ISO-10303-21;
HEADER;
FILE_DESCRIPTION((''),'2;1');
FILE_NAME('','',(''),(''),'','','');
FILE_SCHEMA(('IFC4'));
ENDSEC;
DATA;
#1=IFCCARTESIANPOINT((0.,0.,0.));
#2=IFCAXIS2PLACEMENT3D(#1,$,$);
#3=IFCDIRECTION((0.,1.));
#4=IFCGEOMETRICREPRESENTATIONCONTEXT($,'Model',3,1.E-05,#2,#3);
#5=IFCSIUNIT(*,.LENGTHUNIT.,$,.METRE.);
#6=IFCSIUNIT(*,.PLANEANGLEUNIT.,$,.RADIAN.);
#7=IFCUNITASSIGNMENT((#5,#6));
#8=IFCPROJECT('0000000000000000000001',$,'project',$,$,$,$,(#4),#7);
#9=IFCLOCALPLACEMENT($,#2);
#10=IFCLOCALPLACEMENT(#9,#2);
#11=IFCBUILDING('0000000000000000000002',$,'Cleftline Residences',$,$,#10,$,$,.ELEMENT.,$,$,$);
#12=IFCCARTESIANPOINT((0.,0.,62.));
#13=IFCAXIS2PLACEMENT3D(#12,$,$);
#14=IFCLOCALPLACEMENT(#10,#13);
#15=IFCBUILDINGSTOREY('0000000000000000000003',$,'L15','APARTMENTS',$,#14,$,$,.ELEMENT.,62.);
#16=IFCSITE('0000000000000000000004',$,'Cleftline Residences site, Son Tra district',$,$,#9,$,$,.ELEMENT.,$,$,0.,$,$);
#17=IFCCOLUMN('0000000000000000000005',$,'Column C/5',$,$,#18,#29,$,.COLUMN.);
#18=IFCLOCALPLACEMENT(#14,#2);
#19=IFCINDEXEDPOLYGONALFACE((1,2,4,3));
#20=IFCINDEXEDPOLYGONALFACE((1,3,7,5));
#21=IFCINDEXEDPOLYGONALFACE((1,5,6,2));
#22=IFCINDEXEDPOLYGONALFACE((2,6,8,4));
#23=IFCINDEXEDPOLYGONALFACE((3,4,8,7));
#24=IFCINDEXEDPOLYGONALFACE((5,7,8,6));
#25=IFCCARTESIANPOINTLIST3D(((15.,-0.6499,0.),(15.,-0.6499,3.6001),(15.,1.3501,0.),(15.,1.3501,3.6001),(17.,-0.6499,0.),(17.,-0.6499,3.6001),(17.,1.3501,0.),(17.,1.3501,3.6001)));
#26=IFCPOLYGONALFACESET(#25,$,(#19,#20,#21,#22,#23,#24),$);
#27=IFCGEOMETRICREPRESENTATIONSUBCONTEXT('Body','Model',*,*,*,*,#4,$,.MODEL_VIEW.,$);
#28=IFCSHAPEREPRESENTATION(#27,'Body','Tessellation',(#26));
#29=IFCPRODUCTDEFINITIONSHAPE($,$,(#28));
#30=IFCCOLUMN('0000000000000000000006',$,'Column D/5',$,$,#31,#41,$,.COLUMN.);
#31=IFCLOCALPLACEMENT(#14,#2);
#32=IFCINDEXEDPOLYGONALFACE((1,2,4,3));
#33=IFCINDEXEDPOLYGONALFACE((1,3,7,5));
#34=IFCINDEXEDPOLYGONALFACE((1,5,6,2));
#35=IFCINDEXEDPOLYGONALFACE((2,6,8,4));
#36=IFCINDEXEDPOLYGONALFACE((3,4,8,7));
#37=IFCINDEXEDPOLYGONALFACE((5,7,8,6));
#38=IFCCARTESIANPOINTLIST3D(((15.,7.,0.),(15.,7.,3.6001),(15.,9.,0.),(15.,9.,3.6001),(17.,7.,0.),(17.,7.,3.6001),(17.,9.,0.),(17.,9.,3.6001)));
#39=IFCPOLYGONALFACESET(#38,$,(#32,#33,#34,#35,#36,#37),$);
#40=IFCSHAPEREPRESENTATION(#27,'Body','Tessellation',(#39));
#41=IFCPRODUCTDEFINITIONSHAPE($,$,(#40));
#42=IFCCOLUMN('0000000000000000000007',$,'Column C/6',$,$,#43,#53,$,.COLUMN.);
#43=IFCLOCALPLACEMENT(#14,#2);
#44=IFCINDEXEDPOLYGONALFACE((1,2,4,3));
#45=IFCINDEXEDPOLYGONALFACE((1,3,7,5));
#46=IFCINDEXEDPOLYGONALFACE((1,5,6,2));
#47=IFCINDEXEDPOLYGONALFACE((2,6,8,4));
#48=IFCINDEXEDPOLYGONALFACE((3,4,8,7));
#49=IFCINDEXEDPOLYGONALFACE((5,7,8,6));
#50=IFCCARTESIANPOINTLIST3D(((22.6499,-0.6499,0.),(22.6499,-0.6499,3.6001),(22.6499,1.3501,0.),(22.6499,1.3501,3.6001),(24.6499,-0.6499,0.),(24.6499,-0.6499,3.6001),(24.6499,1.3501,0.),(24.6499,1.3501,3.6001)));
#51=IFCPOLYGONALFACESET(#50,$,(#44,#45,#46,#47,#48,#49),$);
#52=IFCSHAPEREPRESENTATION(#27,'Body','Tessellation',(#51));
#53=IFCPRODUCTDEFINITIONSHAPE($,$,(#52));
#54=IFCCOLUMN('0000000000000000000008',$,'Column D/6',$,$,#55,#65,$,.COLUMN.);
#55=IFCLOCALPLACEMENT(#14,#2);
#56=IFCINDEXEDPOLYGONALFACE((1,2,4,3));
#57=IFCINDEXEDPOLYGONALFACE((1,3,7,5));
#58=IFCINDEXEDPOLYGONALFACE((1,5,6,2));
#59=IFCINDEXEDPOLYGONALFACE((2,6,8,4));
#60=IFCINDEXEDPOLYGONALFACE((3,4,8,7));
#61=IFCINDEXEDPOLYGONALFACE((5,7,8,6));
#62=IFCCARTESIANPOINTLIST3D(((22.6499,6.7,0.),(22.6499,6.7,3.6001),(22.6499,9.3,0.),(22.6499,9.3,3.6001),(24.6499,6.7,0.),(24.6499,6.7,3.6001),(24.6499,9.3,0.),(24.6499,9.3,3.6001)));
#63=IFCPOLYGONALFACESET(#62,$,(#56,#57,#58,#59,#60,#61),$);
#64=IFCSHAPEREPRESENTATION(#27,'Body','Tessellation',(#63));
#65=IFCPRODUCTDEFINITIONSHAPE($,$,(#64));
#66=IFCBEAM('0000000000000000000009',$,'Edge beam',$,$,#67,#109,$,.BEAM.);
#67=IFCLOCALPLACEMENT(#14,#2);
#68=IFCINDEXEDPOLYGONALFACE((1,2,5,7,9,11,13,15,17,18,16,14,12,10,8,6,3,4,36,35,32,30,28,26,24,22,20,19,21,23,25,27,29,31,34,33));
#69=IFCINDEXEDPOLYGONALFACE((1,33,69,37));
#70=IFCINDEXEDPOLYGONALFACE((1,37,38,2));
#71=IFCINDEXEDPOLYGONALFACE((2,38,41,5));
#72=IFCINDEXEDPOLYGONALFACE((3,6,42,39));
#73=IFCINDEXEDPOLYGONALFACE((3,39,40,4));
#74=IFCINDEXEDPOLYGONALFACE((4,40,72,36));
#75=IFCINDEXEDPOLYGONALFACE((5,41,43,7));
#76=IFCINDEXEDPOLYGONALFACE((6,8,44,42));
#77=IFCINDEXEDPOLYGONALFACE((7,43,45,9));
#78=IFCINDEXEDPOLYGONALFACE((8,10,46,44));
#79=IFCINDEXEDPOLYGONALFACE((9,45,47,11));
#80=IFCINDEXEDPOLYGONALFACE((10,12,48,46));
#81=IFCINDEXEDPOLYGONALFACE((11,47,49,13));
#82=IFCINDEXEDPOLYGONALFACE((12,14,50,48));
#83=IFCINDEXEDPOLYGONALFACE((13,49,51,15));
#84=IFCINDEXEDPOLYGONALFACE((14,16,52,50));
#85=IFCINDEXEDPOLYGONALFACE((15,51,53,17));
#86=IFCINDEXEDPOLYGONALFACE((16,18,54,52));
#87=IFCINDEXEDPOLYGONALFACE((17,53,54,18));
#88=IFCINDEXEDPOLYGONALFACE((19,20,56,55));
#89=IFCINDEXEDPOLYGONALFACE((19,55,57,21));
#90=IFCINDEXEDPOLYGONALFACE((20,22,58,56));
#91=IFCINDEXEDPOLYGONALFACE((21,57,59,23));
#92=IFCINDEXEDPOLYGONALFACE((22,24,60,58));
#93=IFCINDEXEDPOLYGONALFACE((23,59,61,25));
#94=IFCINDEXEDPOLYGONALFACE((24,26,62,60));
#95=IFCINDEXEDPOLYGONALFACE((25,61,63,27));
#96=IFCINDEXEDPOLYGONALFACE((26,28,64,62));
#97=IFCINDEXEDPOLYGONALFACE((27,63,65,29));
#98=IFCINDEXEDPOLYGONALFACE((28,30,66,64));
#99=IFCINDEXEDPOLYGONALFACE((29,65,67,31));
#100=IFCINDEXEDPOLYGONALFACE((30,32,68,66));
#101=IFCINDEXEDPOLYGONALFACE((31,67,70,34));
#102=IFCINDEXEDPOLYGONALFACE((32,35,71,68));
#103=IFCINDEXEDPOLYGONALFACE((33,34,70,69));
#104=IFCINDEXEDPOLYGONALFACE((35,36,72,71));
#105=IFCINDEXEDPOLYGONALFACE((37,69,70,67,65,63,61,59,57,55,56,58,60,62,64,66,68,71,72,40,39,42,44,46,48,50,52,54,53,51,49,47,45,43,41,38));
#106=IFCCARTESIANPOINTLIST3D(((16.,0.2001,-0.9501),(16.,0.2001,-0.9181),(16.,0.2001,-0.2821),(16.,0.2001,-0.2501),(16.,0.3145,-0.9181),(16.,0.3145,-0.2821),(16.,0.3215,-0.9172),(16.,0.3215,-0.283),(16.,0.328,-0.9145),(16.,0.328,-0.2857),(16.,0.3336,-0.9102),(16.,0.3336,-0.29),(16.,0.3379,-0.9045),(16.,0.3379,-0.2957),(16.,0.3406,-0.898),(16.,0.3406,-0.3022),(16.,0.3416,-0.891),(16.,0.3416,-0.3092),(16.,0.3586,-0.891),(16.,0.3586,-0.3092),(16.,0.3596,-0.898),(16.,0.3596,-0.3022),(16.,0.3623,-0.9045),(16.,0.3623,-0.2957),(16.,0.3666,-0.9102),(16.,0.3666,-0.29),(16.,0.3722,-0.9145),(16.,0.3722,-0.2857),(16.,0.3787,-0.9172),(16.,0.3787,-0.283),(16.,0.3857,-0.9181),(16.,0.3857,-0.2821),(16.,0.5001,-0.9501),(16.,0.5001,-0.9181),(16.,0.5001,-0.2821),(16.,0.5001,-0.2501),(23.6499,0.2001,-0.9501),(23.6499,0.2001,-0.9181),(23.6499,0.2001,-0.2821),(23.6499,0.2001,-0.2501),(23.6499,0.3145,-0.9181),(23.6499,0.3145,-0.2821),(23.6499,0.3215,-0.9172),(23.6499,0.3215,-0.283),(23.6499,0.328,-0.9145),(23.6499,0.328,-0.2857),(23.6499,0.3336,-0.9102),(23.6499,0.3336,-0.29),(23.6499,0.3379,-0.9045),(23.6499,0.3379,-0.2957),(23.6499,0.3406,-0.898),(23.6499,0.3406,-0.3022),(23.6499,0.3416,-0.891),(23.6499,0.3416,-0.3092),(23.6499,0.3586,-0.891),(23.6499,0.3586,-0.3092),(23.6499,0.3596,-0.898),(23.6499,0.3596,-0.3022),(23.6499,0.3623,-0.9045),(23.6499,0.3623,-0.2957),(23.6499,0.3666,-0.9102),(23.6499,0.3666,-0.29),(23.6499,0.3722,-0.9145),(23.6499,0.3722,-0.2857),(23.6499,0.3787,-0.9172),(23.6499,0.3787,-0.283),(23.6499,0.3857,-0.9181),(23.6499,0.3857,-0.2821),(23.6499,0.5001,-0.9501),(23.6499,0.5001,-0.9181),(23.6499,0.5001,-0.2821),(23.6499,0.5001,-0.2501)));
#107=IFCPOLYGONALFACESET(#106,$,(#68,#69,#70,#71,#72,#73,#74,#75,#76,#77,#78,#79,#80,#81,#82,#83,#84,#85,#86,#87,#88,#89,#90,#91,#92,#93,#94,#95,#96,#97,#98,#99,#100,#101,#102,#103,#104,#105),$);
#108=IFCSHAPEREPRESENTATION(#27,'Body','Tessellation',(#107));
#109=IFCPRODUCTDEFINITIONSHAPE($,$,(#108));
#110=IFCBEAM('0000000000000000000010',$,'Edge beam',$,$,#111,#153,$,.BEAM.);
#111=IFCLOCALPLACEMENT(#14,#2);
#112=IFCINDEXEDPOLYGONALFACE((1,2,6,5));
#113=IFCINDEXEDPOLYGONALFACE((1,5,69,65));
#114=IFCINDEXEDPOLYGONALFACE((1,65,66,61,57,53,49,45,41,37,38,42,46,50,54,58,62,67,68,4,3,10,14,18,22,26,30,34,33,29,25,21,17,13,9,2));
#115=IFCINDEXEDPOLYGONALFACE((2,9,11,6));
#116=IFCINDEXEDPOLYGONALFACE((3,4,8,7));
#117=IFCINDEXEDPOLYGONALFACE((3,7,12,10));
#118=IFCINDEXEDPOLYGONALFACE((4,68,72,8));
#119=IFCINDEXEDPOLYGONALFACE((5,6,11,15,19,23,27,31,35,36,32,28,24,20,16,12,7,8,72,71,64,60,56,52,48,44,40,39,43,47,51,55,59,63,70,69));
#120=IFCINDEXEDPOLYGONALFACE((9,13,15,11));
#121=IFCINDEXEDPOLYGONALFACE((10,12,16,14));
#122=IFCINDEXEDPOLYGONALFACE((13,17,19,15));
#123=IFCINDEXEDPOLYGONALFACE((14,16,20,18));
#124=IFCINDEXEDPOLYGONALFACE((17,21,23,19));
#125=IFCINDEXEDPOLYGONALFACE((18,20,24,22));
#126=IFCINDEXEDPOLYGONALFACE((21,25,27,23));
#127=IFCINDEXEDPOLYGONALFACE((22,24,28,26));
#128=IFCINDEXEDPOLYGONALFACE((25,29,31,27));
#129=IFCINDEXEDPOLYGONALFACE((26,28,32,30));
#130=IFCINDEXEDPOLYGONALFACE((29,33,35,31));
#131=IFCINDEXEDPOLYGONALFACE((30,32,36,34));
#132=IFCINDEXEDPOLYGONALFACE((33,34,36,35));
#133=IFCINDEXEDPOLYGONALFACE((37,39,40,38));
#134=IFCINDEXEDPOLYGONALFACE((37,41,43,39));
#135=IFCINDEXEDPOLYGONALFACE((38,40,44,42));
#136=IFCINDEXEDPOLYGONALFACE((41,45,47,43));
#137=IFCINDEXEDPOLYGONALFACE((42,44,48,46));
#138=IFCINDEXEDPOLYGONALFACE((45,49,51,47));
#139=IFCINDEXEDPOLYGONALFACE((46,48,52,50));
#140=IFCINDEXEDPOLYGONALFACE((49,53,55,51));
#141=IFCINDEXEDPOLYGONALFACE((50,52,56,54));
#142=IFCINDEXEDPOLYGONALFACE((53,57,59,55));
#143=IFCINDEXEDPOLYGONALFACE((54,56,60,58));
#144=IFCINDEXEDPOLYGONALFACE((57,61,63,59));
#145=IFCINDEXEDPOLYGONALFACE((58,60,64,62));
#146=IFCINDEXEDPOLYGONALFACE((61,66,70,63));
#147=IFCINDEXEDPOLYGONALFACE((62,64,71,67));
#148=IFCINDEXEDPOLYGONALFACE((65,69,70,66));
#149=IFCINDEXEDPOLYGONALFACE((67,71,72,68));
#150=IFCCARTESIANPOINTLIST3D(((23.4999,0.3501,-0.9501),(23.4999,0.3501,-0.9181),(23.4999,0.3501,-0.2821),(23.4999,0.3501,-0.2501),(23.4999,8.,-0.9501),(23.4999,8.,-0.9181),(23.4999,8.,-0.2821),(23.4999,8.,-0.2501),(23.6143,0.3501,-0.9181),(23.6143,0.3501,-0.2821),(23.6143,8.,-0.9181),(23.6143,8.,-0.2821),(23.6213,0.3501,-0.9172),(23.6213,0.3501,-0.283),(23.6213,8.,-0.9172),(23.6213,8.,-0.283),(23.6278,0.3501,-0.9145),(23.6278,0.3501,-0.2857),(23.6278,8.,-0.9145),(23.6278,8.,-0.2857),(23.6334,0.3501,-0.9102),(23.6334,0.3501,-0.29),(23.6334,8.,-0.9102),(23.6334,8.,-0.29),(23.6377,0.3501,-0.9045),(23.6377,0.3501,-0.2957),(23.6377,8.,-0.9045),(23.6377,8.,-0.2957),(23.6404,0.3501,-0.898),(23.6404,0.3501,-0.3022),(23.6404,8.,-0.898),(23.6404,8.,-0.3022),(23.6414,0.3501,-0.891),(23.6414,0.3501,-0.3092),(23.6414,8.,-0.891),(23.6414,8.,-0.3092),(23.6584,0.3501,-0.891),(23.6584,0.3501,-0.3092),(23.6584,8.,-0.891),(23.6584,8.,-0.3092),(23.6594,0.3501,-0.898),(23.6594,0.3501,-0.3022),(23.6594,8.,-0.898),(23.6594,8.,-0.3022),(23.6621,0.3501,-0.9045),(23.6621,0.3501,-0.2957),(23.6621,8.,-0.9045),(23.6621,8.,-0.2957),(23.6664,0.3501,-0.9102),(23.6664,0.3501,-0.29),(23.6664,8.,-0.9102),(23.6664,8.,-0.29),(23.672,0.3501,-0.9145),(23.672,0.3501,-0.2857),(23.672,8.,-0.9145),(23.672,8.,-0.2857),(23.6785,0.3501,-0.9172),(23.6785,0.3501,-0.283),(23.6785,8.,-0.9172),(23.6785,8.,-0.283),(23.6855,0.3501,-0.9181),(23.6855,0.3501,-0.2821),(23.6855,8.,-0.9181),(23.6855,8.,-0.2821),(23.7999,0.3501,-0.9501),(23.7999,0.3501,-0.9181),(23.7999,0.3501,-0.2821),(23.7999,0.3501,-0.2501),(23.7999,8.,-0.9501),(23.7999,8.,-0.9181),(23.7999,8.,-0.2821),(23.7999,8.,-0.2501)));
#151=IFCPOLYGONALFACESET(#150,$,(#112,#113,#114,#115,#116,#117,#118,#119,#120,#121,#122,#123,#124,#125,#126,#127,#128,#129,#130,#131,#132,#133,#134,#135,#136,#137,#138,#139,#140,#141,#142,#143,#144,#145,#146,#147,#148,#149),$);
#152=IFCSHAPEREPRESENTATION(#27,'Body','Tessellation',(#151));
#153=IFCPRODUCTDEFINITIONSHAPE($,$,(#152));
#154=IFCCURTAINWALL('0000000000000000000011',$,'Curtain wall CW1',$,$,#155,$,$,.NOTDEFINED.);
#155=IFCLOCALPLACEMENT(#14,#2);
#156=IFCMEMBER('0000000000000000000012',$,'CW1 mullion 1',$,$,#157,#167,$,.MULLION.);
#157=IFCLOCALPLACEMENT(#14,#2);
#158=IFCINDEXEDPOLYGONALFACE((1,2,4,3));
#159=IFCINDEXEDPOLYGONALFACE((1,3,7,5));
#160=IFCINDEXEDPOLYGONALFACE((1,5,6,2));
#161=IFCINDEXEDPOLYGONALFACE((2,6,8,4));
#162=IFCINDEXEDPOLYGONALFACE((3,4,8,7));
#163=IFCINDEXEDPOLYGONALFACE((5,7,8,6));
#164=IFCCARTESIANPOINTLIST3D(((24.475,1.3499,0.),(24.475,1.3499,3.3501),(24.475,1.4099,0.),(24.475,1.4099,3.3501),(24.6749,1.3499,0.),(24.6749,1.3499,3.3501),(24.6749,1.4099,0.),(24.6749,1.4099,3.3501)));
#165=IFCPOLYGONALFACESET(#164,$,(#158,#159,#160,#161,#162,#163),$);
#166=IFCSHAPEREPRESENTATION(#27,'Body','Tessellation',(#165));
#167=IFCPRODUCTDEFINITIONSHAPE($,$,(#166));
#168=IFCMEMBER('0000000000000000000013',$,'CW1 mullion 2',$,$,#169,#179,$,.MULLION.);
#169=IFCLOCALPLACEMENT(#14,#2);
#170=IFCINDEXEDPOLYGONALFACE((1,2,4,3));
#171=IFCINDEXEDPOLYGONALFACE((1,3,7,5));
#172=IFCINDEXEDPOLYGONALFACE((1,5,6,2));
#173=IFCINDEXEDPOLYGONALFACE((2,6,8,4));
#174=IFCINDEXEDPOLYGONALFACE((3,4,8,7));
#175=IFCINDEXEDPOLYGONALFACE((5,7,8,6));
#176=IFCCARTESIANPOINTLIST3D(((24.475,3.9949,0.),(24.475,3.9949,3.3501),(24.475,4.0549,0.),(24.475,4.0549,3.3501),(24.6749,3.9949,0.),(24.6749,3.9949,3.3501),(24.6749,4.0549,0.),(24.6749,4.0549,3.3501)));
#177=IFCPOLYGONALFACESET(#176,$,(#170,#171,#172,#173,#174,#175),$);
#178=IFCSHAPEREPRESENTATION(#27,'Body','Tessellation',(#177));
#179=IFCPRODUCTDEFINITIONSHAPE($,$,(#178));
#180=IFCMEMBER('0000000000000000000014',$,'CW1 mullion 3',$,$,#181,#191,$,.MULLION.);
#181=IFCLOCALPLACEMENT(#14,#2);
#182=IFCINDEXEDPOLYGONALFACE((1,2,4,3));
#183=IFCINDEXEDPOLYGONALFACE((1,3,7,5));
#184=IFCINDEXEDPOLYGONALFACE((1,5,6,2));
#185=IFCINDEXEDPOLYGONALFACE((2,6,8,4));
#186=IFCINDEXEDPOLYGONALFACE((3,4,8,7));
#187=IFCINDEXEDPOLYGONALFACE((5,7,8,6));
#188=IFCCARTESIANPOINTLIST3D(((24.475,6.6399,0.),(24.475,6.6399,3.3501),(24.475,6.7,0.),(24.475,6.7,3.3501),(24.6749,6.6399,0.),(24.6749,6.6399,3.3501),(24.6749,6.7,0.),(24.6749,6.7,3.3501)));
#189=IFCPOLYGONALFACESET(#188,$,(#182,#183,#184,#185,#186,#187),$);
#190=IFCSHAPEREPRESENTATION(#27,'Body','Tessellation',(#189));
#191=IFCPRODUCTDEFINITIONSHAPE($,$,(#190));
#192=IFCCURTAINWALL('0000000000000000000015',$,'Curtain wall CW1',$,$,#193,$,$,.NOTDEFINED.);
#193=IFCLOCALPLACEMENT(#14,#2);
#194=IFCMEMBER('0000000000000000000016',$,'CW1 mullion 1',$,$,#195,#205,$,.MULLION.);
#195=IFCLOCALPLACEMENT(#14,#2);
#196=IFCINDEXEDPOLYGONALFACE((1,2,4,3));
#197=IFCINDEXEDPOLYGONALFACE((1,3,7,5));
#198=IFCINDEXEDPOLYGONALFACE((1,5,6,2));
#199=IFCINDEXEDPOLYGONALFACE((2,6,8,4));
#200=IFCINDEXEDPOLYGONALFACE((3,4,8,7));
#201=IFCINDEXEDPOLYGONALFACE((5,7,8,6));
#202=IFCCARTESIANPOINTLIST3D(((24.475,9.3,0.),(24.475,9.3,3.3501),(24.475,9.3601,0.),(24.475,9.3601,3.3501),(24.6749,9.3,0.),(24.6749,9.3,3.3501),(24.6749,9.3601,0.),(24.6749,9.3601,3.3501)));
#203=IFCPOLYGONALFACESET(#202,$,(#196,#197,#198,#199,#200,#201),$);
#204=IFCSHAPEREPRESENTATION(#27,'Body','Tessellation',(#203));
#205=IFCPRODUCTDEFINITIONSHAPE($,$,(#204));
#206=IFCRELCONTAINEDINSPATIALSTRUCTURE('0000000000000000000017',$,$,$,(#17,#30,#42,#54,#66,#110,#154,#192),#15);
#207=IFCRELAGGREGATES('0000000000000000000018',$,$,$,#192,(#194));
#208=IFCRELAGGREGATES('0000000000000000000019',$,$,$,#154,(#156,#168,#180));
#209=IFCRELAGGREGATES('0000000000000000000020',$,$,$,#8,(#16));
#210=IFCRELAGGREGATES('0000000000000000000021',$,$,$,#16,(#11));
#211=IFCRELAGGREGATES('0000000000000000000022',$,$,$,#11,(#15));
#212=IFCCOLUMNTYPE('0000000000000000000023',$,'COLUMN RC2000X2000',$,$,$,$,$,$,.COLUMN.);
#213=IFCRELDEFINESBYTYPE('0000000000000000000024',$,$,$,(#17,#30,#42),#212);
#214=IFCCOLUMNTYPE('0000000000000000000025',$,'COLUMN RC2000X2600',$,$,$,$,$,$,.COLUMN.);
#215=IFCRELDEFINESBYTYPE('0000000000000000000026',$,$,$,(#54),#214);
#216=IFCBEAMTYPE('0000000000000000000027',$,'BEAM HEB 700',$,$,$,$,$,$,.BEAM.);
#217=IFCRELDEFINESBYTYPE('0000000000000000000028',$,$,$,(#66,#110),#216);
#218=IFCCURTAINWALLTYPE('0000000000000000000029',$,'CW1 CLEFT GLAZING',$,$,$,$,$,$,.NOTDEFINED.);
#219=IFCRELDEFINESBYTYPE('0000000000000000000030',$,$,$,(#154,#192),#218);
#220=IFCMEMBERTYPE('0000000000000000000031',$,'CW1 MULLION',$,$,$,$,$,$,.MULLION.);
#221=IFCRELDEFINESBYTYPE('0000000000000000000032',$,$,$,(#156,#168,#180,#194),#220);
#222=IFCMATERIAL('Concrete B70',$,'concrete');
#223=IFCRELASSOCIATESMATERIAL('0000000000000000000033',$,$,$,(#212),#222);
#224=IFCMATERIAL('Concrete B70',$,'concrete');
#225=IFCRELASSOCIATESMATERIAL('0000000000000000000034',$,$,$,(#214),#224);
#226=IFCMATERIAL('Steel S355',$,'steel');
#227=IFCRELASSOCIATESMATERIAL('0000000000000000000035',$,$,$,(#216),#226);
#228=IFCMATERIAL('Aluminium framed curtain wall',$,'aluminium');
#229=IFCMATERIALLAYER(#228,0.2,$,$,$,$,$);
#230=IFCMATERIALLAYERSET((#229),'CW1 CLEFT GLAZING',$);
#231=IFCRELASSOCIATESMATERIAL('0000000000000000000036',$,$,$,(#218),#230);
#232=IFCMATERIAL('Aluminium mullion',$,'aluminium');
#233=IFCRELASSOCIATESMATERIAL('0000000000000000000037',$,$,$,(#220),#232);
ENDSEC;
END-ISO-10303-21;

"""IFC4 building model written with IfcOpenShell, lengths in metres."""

from ifc_helpers import new_model, si_unit, direction, frame, origin, origin_2d, place, context, subcontext, project, spatial, rectangle, i_section, extrude, material, layer, layer_set, material_profile, profile_set, type_object, element, aggregate, save


model = new_model("IFC4")

# Units and contexts
model_context = context("Model", 3, precision=1e-05, world=origin(), true_north=direction((0.0, 1.0)))
body_context = subcontext(model_context, "Body", "Model", "MODEL_VIEW")
ifc_project = project(units=[si_unit("LENGTHUNIT", "METRE"), si_unit("PLANEANGLEUNIT", "RADIAN")], contexts=[model_context])

# Site, building, storey
site_placement = place(None, origin())
site = spatial("IfcSite", under=ifc_project, at=site_placement, Name="Cleftline Residences site, Son Tra district", CompositionType="ELEMENT", RefElevation=0.0)
building_placement = place(site_placement, origin())
building = spatial("IfcBuilding", under=site, at=building_placement, Name="Cleftline Residences", CompositionType="ELEMENT")
storey_placement = place(building_placement, frame((0.0, 0.0, 62.0)))
storey = spatial("IfcBuildingStorey", under=building, at=storey_placement, Name="L15", Description="APARTMENTS", CompositionType="ELEMENT", Elevation=62.0)

# Columns
ifc_material_1 = material(Name="Concrete B70", Category="concrete")
ifc_material_profile_1 = material_profile(ifc_material_1, rectangle(XDim=2.0, YDim=2.0, at=origin_2d()))
ifc_profile_set_1 = profile_set([ifc_material_profile_1], Name="Concrete B70")
column_type_1 = type_object("IfcColumnType", Name="COLUMN RC2000X2000", PredefinedType="COLUMN", material=ifc_profile_set_1)
for number, where, z_axis, x_axis, name in (
    (1, (16.0, 0.3501, 0.0), (0.0, 0.0, 1.0), (1.0, 0.0, 0.0), "Column C/5"),
    (2, (16.0, 8.0, 0.0), (0.0, 0.0, 1.0), (1.0, 0.0, 0.0), "Column D/5"),
    (3, (23.6499, 0.3501, 0.0), (0.0, 0.0, 1.0), (1.0, 0.0, 0.0), "Column C/6"),
):
    element("IfcColumn", number, at=place(storey_placement, frame(where, z_axis=z_axis, x_axis=x_axis)), inside=storey, type_object=column_type_1, Name=name, PredefinedType="COLUMN", context=body_context, shape_type="SweptSolid", body=[
        extrude(rectangle(XDim=2.0, YDim=2.0, at=origin_2d()), origin(), (0.0, 0.0, 1.0), 3.6001),
    ])
ifc_material_2 = material(Name="Concrete B70", Category="concrete")
ifc_material_profile_2 = material_profile(ifc_material_2, rectangle(XDim=2.0, YDim=2.6001, at=origin_2d()))
ifc_profile_set_2 = profile_set([ifc_material_profile_2], Name="Concrete B70")
column_type_2 = type_object("IfcColumnType", Name="COLUMN RC2000X2600", PredefinedType="COLUMN", material=ifc_profile_set_2)
column_placement = place(storey_placement, frame((23.6499, 8.0, 0.0), z_axis=(0.0, 0.0, 1.0), x_axis=(1.0, 0.0, 0.0)))
element("IfcColumn", 4, at=column_placement, inside=storey, type_object=column_type_2, Name="Column D/6", PredefinedType="COLUMN", context=body_context, shape_type="SweptSolid", body=[
    extrude(rectangle(XDim=2.0, YDim=2.6001, at=origin_2d()), origin(), (0.0, 0.0, 1.0), 3.6001),
])

# Beams
ifc_material_3 = material(Name="Steel S355", Category="steel")
ifc_material_profile_3 = material_profile(ifc_material_3, i_section(OverallWidth=0.3, OverallDepth=0.7, WebThickness=0.0171, FlangeThickness=0.032, FilletRadius=0.0271, at=origin_2d()))
ifc_profile_set_3 = profile_set([ifc_material_profile_3], Name="Steel S355")
beam_type = type_object("IfcBeamType", Name="BEAM HEB 700", PredefinedType="BEAM", material=ifc_profile_set_3)
for number, where, z_axis, x_axis, name in (
    (5, (16.0, 0.3501, -0.6001), (1.0, 0.0, 0.0), (0.0, 1.0, 0.0), "Edge beam"),
    (6, (23.6499, 0.3501, -0.6001), (0.0, 1.0, 0.0), (-1.0, 0.0, 0.0), "Edge beam"),
):
    element("IfcBeam", number, at=place(storey_placement, frame(where, z_axis=z_axis, x_axis=x_axis)), inside=storey, type_object=beam_type, Name=name, PredefinedType="BEAM", context=body_context, shape_type="SweptSolid", body=[
        extrude(i_section(OverallWidth=0.3, OverallDepth=0.7, WebThickness=0.0171, FlangeThickness=0.032, FilletRadius=0.0271, at=origin_2d()), origin(), (0.0, 0.0, 1.0), 7.6499),
    ])

# Curtain wall, members
ifc_material_4 = material(Name="Aluminium framed curtain wall", Category="aluminium")
ifc_layer_1 = layer(ifc_material_4, 0.2)
ifc_layer_set_1 = layer_set([ifc_layer_1], Name="CW1 CLEFT GLAZING")
curtain_wall_type = type_object("IfcCurtainWallType", Name="CW1 CLEFT GLAZING", PredefinedType="NOTDEFINED", material=ifc_layer_set_1)
curtain_wall_1_placement = place(storey_placement, origin())
curtain_wall_1 = element("IfcCurtainWall", 7, at=curtain_wall_1_placement, inside=storey, type_object=curtain_wall_type, Name="Curtain wall CW1", PredefinedType="NOTDEFINED")
ifc_material_5 = material(Name="Aluminium mullion", Category="aluminium")
ifc_material_profile_4 = material_profile(ifc_material_5, rectangle(XDim=0.2, YDim=0.0601, at=origin_2d()))
ifc_profile_set_4 = profile_set([ifc_material_profile_4], Name="Aluminium mullion")
member_type_1 = type_object("IfcMemberType", Name="CW1 MULLION", PredefinedType="MULLION", material=ifc_profile_set_4)
member_1_placement = place(storey_placement, frame((24.575, 1.3799, 0.0), z_axis=(0.0, 0.0, 1.0), x_axis=(-1.0, 0.0, 0.0)))
member_1 = element("IfcMember", 8, at=member_1_placement, type_object=member_type_1, Name="CW1 mullion 1", PredefinedType="MULLION", context=body_context, shape_type="SweptSolid", body=[
    extrude(rectangle(XDim=0.2, YDim=0.0601, at=origin_2d()), origin(), (0.0, 0.0, 1.0), 3.3501),
])
member_2_placement = place(storey_placement, frame((24.575, 4.0249, 0.0), z_axis=(0.0, 0.0, 1.0), x_axis=(-1.0, 0.0, 0.0)))
member_2 = element("IfcMember", 9, at=member_2_placement, type_object=member_type_1, Name="CW1 mullion 2", PredefinedType="MULLION", context=body_context, shape_type="SweptSolid", body=[
    extrude(rectangle(XDim=0.2, YDim=0.0601, at=origin_2d()), origin(), (0.0, 0.0, 1.0), 3.3501),
])
member_3_placement = place(storey_placement, frame((24.575, 6.6699, 0.0), z_axis=(0.0, 0.0, 1.0), x_axis=(-1.0, 0.0, 0.0)))
member_3 = element("IfcMember", 10, at=member_3_placement, type_object=member_type_1, Name="CW1 mullion 3", PredefinedType="MULLION", context=body_context, shape_type="SweptSolid", body=[
    extrude(rectangle(XDim=0.2, YDim=0.0601, at=origin_2d()), origin(), (0.0, 0.0, 1.0), 3.3501),
])

# Curtain wall, member
curtain_wall_2_placement = place(storey_placement, origin())
curtain_wall_2 = element("IfcCurtainWall", 11, at=curtain_wall_2_placement, inside=storey, type_object=curtain_wall_type, Name="Curtain wall CW1", PredefinedType="NOTDEFINED")
member_4_placement = place(storey_placement, frame((24.575, 9.3301, 0.0), z_axis=(0.0, 0.0, 1.0), x_axis=(-1.0, 0.0, 0.0)))
member_4 = element("IfcMember", 12, at=member_4_placement, type_object=member_type_1, Name="CW1 mullion 1", PredefinedType="MULLION", context=body_context, shape_type="SweptSolid", body=[
    extrude(rectangle(XDim=0.2, YDim=0.0601, at=origin_2d()), origin(), (0.0, 0.0, 1.0), 3.3501),
])

aggregate(curtain_wall_2, [member_4])

aggregate(curtain_wall_1, [member_1, member_2, member_3])

save(model, "model.ifc")
